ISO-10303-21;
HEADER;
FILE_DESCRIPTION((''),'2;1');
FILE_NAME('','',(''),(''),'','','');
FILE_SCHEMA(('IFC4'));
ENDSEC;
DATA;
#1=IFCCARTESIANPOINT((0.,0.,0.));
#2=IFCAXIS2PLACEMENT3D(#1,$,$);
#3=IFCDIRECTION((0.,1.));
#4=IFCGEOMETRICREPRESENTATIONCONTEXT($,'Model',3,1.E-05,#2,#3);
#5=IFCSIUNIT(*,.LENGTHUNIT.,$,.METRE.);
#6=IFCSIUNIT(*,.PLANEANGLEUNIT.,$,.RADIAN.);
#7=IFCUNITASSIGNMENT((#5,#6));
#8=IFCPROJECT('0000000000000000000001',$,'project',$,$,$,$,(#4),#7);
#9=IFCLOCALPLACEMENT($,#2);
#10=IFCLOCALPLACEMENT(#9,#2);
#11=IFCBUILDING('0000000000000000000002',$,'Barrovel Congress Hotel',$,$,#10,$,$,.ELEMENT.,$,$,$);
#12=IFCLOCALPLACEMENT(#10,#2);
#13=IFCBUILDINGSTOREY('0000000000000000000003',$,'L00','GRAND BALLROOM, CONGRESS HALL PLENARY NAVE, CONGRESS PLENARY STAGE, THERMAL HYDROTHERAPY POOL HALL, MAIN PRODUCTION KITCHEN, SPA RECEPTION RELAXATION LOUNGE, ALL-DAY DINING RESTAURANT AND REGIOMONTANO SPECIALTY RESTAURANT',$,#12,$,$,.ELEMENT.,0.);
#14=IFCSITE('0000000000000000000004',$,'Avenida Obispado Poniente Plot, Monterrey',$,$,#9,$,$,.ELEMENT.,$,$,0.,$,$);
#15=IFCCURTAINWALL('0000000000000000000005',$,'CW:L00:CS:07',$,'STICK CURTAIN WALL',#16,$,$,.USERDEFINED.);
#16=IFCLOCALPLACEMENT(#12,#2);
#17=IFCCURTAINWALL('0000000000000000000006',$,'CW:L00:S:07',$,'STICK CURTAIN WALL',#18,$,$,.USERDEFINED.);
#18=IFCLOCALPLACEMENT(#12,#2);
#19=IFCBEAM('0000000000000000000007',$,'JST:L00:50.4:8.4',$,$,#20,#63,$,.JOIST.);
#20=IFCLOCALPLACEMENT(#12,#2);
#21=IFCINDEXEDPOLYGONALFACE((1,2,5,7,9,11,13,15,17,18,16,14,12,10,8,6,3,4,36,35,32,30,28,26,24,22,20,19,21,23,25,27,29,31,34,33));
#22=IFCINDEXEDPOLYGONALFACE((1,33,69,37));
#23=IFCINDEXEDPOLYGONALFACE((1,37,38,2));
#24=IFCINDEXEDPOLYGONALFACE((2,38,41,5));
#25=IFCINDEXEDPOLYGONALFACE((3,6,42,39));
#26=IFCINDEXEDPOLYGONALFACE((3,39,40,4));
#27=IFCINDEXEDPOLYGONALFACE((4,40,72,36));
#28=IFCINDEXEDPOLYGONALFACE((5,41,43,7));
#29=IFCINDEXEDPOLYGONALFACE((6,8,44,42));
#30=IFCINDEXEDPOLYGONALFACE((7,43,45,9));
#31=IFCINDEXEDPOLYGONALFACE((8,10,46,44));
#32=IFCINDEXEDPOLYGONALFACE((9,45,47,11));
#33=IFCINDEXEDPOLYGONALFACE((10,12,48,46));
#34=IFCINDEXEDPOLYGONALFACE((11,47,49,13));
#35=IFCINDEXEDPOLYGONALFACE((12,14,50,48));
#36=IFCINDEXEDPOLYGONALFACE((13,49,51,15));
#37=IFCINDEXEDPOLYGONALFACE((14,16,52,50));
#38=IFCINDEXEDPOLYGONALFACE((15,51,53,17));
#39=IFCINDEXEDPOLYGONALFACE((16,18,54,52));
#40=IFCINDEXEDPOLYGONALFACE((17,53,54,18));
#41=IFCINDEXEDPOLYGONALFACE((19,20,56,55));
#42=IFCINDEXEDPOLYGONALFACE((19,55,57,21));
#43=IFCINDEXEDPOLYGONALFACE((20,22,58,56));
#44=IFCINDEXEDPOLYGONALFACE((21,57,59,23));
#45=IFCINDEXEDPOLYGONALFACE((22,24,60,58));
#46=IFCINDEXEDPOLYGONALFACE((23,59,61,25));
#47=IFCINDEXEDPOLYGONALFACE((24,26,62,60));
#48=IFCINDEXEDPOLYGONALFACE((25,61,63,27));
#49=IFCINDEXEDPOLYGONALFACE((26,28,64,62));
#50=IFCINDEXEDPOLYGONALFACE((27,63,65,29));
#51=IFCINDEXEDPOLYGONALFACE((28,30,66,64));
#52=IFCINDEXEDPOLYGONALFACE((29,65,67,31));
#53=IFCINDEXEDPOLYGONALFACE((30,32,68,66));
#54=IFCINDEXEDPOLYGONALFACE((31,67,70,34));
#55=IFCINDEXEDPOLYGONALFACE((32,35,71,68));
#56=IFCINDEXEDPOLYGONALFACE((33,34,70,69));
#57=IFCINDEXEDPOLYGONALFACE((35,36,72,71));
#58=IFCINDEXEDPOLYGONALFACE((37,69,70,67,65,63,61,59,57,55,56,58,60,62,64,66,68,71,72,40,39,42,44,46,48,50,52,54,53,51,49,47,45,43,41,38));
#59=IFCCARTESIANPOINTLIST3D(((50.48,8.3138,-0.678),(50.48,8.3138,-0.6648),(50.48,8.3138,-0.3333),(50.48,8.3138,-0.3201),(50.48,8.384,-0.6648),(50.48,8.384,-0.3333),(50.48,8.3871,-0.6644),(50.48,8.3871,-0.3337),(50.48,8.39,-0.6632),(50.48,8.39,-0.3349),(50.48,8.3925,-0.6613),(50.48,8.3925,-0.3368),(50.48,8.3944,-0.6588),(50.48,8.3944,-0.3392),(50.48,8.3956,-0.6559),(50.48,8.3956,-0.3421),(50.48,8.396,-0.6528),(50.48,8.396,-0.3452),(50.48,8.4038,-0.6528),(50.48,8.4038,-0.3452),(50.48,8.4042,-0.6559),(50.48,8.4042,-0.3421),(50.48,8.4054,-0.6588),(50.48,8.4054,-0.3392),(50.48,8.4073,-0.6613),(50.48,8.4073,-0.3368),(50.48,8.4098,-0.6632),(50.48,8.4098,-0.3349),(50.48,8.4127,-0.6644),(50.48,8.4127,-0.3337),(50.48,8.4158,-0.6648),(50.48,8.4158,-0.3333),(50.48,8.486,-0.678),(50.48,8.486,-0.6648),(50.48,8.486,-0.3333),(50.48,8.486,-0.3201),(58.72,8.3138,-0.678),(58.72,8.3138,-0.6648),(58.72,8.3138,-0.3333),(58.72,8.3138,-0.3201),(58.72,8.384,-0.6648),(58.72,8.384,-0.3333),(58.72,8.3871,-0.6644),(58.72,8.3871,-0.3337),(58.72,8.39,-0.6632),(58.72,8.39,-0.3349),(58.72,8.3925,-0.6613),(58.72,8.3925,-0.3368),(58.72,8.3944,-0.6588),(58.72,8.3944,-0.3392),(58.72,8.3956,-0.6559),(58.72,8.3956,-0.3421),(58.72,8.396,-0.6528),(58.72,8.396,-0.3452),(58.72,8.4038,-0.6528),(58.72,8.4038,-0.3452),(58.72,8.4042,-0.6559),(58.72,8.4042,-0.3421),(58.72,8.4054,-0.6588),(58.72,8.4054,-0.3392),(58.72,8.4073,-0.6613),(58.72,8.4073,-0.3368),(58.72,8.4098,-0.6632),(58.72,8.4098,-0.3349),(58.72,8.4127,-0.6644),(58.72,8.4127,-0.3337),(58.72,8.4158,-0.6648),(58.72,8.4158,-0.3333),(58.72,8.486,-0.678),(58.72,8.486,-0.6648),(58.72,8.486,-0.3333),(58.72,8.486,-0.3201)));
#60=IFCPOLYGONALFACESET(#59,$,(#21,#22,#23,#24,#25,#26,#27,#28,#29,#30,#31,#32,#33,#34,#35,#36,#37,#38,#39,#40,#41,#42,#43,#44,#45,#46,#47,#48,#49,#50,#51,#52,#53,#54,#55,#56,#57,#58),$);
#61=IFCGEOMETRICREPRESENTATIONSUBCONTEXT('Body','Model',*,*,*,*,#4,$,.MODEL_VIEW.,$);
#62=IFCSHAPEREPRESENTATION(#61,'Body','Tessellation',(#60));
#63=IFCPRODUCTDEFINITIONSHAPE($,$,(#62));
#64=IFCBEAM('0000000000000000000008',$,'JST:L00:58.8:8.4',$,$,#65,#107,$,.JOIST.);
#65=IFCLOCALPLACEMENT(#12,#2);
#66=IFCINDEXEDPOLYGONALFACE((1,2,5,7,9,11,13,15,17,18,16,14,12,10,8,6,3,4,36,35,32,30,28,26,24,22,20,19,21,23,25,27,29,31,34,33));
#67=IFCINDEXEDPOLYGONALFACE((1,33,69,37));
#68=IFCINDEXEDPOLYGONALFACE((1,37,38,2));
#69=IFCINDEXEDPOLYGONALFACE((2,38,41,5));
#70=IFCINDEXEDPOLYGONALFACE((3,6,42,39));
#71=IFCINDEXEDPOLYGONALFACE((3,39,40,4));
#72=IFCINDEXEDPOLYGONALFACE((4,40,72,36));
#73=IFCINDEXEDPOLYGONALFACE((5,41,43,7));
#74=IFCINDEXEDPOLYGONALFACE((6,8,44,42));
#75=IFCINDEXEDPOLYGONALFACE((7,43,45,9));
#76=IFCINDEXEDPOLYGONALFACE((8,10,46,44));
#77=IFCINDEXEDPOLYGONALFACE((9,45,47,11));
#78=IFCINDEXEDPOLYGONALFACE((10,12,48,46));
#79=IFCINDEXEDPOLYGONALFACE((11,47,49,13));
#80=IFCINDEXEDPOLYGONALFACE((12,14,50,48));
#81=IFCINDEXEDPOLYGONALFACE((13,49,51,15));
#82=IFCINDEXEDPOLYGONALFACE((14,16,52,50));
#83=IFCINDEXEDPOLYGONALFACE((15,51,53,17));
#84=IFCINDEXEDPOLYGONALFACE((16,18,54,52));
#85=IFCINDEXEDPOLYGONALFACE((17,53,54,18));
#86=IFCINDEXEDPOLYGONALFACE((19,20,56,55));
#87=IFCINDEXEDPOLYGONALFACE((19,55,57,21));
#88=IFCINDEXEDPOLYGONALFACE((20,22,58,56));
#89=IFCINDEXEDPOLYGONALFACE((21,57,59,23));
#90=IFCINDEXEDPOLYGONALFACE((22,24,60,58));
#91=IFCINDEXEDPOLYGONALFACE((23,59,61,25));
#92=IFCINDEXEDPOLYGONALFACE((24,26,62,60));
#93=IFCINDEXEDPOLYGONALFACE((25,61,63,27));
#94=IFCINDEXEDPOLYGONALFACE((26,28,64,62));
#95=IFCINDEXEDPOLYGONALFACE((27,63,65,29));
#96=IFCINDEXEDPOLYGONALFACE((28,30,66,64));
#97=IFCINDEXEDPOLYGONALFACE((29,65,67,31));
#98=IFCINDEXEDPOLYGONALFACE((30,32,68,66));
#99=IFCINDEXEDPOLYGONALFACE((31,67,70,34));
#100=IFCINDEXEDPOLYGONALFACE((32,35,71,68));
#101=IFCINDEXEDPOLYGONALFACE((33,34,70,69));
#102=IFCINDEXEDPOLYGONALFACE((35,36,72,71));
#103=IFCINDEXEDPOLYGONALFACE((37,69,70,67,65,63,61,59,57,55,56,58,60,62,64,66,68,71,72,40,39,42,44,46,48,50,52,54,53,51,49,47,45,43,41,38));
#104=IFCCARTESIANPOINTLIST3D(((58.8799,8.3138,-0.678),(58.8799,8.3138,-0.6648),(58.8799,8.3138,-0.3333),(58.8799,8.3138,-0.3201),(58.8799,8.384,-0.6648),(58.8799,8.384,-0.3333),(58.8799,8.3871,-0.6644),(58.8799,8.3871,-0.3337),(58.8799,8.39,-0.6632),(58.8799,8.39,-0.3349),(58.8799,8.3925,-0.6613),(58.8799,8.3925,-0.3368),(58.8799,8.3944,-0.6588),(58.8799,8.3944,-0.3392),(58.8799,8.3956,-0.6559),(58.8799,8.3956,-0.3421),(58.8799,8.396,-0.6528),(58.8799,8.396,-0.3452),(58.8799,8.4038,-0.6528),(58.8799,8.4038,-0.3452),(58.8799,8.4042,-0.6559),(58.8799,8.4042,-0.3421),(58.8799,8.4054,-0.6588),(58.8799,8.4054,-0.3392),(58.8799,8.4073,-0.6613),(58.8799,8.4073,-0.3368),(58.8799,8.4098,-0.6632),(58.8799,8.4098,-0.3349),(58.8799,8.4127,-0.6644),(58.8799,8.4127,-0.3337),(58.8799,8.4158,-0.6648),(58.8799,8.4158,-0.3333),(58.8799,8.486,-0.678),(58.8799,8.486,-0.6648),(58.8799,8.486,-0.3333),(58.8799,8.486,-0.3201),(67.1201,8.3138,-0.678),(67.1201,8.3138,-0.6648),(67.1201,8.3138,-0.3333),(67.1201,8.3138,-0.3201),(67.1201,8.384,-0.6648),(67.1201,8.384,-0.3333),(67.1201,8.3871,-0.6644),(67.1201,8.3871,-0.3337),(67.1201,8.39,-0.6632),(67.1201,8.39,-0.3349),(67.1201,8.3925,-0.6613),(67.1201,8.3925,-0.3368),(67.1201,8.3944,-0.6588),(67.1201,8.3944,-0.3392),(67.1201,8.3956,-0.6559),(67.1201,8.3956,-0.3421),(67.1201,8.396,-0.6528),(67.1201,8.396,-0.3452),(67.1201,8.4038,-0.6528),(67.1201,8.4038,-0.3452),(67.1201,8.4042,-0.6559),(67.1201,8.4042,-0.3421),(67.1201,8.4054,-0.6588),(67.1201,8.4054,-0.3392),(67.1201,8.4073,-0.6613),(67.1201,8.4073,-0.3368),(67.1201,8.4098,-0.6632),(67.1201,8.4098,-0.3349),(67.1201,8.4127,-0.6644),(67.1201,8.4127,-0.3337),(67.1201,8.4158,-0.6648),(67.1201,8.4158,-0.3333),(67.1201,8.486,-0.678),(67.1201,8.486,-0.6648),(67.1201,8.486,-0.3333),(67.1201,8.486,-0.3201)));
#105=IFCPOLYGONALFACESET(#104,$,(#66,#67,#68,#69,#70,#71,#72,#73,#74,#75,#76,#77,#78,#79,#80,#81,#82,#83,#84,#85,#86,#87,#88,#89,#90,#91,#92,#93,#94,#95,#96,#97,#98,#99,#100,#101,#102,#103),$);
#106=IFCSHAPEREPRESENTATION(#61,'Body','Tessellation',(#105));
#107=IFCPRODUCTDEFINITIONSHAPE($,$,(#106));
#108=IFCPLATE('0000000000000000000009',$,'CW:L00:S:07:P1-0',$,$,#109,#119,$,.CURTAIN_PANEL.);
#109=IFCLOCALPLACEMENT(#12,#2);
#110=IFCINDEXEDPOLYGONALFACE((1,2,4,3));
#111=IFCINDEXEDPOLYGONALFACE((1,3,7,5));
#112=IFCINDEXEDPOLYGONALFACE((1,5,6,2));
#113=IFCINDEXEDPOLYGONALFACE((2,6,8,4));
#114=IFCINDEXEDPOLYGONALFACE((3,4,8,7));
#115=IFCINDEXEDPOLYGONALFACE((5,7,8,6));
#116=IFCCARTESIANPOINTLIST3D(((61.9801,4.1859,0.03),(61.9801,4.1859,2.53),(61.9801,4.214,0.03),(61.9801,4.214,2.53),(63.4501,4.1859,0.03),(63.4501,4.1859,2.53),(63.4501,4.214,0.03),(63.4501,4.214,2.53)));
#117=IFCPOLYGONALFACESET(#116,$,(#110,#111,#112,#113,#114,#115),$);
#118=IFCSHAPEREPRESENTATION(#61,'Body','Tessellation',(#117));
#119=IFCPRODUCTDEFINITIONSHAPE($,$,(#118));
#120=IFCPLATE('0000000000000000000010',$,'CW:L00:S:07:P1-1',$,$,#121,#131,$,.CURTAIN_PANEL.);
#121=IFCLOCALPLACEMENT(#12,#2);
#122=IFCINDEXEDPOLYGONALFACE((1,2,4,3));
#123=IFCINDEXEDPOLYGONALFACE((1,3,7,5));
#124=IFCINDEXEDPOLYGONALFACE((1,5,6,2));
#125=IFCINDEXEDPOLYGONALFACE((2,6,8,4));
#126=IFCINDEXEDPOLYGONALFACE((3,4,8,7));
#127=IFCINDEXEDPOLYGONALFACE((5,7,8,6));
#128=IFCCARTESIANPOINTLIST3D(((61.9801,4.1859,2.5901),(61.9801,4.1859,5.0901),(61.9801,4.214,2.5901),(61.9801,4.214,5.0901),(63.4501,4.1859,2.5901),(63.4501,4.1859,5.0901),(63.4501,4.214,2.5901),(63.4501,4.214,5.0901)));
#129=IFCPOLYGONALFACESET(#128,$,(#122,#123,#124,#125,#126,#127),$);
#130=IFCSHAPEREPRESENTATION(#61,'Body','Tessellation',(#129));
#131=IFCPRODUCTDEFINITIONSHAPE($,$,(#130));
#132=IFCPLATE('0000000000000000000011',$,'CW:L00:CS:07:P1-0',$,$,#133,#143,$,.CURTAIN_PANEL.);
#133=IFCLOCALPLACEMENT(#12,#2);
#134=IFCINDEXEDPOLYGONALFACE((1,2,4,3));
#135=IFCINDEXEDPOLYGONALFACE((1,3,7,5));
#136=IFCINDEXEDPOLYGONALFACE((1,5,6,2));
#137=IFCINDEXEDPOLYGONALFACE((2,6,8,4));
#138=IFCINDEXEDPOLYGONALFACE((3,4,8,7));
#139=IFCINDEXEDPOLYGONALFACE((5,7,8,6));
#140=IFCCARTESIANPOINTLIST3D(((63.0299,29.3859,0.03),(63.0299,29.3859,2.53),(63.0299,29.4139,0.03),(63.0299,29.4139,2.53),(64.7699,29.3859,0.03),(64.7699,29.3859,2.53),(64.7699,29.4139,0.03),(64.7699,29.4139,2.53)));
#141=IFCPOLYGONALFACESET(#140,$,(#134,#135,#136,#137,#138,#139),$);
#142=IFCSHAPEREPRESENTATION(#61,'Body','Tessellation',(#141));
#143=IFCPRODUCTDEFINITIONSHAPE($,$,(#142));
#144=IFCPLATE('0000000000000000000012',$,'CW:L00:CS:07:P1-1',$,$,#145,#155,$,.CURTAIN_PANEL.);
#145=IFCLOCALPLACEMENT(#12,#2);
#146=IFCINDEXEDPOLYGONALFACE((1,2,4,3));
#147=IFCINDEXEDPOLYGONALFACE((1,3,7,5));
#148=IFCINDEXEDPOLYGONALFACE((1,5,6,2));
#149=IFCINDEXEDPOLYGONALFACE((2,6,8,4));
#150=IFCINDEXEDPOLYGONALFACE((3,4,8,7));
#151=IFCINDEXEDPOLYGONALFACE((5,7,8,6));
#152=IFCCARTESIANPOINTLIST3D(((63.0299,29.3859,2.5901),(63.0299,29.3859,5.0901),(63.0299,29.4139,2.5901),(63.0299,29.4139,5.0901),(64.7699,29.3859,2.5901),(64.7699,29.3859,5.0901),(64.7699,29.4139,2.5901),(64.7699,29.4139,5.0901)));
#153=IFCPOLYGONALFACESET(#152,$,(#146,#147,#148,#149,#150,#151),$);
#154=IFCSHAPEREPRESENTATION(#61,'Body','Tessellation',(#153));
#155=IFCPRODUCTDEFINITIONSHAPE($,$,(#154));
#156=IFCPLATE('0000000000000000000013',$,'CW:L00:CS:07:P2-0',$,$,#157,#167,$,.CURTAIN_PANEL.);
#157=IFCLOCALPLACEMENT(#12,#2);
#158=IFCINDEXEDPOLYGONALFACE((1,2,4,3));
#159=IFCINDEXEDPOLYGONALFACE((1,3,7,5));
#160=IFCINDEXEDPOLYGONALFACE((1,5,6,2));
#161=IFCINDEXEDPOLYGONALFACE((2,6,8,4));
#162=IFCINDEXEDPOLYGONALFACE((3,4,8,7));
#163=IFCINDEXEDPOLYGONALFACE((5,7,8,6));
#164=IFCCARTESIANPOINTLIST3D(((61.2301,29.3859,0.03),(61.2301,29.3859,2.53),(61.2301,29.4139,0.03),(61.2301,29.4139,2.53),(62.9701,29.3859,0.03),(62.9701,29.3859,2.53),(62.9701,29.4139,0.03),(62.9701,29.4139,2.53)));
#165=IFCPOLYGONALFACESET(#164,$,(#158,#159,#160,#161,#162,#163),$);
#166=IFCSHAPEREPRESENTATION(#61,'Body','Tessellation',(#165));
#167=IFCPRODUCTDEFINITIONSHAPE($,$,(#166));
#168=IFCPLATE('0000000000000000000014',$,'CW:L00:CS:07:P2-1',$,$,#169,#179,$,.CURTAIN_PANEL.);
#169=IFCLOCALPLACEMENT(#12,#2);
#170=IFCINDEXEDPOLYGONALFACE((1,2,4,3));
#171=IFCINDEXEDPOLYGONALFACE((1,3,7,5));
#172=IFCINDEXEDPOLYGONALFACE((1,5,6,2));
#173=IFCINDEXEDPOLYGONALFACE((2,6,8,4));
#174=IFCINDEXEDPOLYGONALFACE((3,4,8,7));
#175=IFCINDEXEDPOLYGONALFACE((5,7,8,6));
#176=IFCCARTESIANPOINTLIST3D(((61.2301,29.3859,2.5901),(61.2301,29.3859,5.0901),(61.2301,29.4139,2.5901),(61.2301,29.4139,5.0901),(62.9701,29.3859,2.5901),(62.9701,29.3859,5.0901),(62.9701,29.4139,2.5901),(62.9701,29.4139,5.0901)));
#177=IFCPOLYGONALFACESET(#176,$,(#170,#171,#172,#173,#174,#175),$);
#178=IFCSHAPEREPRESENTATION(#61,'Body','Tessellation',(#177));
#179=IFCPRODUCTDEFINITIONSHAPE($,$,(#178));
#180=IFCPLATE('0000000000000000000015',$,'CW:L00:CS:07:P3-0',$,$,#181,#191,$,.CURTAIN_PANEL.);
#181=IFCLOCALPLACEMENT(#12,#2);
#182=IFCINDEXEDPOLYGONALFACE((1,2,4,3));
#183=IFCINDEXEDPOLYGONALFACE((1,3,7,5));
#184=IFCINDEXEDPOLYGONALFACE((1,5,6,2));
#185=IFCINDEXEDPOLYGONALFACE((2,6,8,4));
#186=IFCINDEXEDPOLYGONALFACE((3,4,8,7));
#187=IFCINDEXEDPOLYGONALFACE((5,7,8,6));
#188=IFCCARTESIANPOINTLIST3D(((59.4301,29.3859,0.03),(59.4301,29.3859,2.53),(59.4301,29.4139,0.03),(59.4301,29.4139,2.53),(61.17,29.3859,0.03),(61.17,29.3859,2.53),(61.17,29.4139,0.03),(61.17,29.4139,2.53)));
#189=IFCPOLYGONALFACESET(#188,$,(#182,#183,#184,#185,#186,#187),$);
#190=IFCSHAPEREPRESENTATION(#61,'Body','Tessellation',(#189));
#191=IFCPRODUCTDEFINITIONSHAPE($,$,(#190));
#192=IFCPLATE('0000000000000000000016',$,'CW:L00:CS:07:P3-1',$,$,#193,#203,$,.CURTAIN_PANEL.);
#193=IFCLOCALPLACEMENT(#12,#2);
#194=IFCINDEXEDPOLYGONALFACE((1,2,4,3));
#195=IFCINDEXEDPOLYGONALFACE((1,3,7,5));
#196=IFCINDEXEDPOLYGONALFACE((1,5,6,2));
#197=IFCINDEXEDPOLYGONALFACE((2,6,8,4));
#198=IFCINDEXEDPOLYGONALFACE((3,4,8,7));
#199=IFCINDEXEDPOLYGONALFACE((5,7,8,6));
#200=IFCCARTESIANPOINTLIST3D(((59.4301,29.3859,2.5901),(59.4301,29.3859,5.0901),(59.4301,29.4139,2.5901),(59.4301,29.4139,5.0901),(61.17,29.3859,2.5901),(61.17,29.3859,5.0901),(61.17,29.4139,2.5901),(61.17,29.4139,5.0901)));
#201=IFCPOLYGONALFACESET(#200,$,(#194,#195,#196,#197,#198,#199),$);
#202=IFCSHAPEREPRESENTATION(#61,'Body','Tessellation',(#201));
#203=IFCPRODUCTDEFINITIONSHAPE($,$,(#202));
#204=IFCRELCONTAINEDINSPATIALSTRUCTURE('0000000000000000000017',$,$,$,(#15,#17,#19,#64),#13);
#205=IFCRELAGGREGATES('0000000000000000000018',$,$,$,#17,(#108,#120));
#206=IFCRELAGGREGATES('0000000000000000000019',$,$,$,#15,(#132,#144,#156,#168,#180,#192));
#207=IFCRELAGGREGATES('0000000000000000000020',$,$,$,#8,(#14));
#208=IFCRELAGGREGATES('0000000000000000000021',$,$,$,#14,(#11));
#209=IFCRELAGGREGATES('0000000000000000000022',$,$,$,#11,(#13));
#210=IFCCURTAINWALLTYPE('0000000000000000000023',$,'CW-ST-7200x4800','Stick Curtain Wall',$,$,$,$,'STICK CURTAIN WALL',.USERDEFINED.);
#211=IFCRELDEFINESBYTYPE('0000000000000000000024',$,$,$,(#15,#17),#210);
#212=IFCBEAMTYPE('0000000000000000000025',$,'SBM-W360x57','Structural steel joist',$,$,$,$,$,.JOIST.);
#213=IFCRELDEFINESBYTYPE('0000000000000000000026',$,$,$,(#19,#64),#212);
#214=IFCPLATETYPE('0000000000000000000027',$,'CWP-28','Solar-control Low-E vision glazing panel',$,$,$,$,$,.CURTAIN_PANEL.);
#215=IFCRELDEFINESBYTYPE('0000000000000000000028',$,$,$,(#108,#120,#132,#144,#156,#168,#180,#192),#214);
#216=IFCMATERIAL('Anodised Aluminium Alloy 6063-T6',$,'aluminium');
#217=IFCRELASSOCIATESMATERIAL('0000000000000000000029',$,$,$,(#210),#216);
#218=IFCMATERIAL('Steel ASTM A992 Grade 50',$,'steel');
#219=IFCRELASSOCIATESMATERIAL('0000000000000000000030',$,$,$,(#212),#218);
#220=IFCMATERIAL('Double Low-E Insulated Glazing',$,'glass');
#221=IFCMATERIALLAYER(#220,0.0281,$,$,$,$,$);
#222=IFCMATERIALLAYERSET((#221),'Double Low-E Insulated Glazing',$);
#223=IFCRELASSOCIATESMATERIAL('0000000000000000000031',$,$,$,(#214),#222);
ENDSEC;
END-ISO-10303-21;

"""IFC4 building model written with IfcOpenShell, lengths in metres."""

from ifc_helpers import new_model, si_unit, direction, frame, origin, origin_2d, place, context, subcontext, project, spatial, rectangle, i_section, extrude, material, layer, layer_set, material_profile, profile_set, type_object, element, aggregate, save


model = new_model("IFC4")

# Units and contexts
model_context = context("Model", 3, precision=1e-05, world=origin(), true_north=direction((0.0, 1.0)))
body_context = subcontext(model_context, "Body", "Model", "MODEL_VIEW")
ifc_project = project(units=[si_unit("LENGTHUNIT", "METRE"), si_unit("PLANEANGLEUNIT", "RADIAN")], contexts=[model_context])

# Site, building, storey
site_placement = place(None, origin())
site = spatial("IfcSite", under=ifc_project, at=site_placement, Name="Avenida Obispado Poniente Plot, Monterrey", CompositionType="ELEMENT", RefElevation=0.0)
building_placement = place(site_placement, origin())
building = spatial("IfcBuilding", under=site, at=building_placement, Name="Barrovel Congress Hotel", CompositionType="ELEMENT")
storey_placement = place(building_placement, origin())
storey = spatial("IfcBuildingStorey", under=building, at=storey_placement, Name="L00", Description="GRAND BALLROOM, CONGRESS HALL PLENARY NAVE, CONGRESS PLENARY STAGE, THERMAL HYDROTHERAPY POOL HALL, MAIN PRODUCTION KITCHEN, SPA RECEPTION RELAXATION LOUNGE, ALL-DAY DINING RESTAURANT AND REGIOMONTANO SPECIALTY RESTAURANT", CompositionType="ELEMENT", Elevation=0.0)

# Curtain wall
ifc_material_1 = material(Name="Anodised Aluminium Alloy 6063-T6", Category="aluminium")
curtain_wall_type = type_object("IfcCurtainWallType", Name="CW-ST-7200x4800", Description="Stick Curtain Wall", ElementType="STICK CURTAIN WALL", PredefinedType="USERDEFINED", material=ifc_material_1)
curtain_wall_1_placement = place(storey_placement, origin())
curtain_wall_1 = element("IfcCurtainWall", 1, at=curtain_wall_1_placement, inside=storey, type_object=curtain_wall_type, Name="CW:L00:CS:07", ObjectType="STICK CURTAIN WALL", PredefinedType="USERDEFINED")

# Curtain wall
curtain_wall_2_placement = place(storey_placement, origin())
curtain_wall_2 = element("IfcCurtainWall", 2, at=curtain_wall_2_placement, inside=storey, type_object=curtain_wall_type, Name="CW:L00:S:07", ObjectType="STICK CURTAIN WALL", PredefinedType="USERDEFINED")

# Beams
ifc_material_2 = material(Name="Steel ASTM A992 Grade 50", Category="steel")
ifc_material_profile_1 = material_profile(ifc_material_2, i_section(OverallWidth=0.1721, OverallDepth=0.3579, WebThickness=0.0078, FlangeThickness=0.0132, FilletRadius=0.012, at=origin_2d()), Name="W360x57")
ifc_profile_set_1 = profile_set([ifc_material_profile_1], Name="Steel ASTM A992 Grade 50")
beam_type_1 = type_object("IfcBeamType", Name="SBM-W360x57", Description="Structural steel joist", PredefinedType="JOIST", material=ifc_profile_set_1)
beam_1_placement = place(storey_placement, frame((50.48, 8.3999, -0.499), z_axis=(1.0, 0.0, 0.0), x_axis=(0.0, 1.0, 0.0)))
element("IfcBeam", 3, at=beam_1_placement, inside=storey, type_object=beam_type_1, Name="JST:L00:50.4:8.4", PredefinedType="JOIST", context=body_context, shape_type="SweptSolid", body=[
    extrude(i_section(OverallWidth=0.1721, OverallDepth=0.3579, WebThickness=0.0078, FlangeThickness=0.0132, FilletRadius=0.012, at=origin_2d()), origin(), (0.0, 0.0, 1.0), 8.24),
])
beam_2_placement = place(storey_placement, frame((58.8799, 8.3999, -0.499), z_axis=(1.0, 0.0, 0.0), x_axis=(0.0, 1.0, 0.0)))
element("IfcBeam", 4, at=beam_2_placement, inside=storey, type_object=beam_type_1, Name="JST:L00:58.8:8.4", PredefinedType="JOIST", context=body_context, shape_type="SweptSolid", body=[
    extrude(i_section(OverallWidth=0.1721, OverallDepth=0.3579, WebThickness=0.0078, FlangeThickness=0.0132, FilletRadius=0.012, at=origin_2d()), origin(), (0.0, 0.0, 1.0), 8.2402),
])

# Plates
ifc_material_3 = material(Name="Double Low-E Insulated Glazing", Category="glass")
ifc_layer_1 = layer(ifc_material_3, 0.0281)
ifc_layer_set_1 = layer_set([ifc_layer_1], Name="Double Low-E Insulated Glazing")
plate_type = type_object("IfcPlateType", Name="CWP-28", Description="Solar-control Low-E vision glazing panel", PredefinedType="CURTAIN_PANEL", material=ifc_layer_set_1)
plate_1_placement = place(storey_placement, frame((62.7151, 4.2, 0.03), z_axis=(0.0, 0.0, 1.0), x_axis=(1.0, 0.0, 0.0)))
plate_1 = element("IfcPlate", 5, at=plate_1_placement, type_object=plate_type, Name="CW:L00:S:07:P1-0", PredefinedType="CURTAIN_PANEL", context=body_context, shape_type="SweptSolid", body=[
    extrude(rectangle(XDim=1.47, YDim=0.0281, at=origin_2d()), origin(), (0.0, 0.0, 1.0), 2.5),
])
plate_2_placement = place(storey_placement, frame((62.7151, 4.2, 2.5901), z_axis=(0.0, 0.0, 1.0), x_axis=(1.0, 0.0, 0.0)))
plate_2 = element("IfcPlate", 6, at=plate_2_placement, type_object=plate_type, Name="CW:L00:S:07:P1-1", PredefinedType="CURTAIN_PANEL", context=body_context, shape_type="SweptSolid", body=[
    extrude(rectangle(XDim=1.47, YDim=0.0281, at=origin_2d()), origin(), (0.0, 0.0, 1.0), 2.5),
])
aggregate(curtain_wall_2, [plate_1, plate_2])
plate_3_placement = place(storey_placement, frame((63.8999, 29.3999, 0.03), z_axis=(0.0, 0.0, 1.0), x_axis=(-1.0, 0.0, 0.0)))
plate_3 = element("IfcPlate", 7, at=plate_3_placement, type_object=plate_type, Name="CW:L00:CS:07:P1-0", PredefinedType="CURTAIN_PANEL", context=body_context, shape_type="SweptSolid", body=[
    extrude(rectangle(XDim=1.74, YDim=0.0281, at=origin_2d()), origin(), (0.0, 0.0, 1.0), 2.5),
])
plate_4_placement = place(storey_placement, frame((63.8999, 29.3999, 2.5901), z_axis=(0.0, 0.0, 1.0), x_axis=(-1.0, 0.0, 0.0)))
plate_4 = element("IfcPlate", 8, at=plate_4_placement, type_object=plate_type, Name="CW:L00:CS:07:P1-1", PredefinedType="CURTAIN_PANEL", context=body_context, shape_type="SweptSolid", body=[
    extrude(rectangle(XDim=1.74, YDim=0.0281, at=origin_2d()), origin(), (0.0, 0.0, 1.0), 2.5),
])
plate_5_placement = place(storey_placement, frame((62.1001, 29.3999, 0.03), z_axis=(0.0, 0.0, 1.0), x_axis=(-1.0, 0.0, 0.0)))
plate_5 = element("IfcPlate", 9, at=plate_5_placement, type_object=plate_type, Name="CW:L00:CS:07:P2-0", PredefinedType="CURTAIN_PANEL", context=body_context, shape_type="SweptSolid", body=[
    extrude(rectangle(XDim=1.74, YDim=0.0281, at=origin_2d()), origin(), (0.0, 0.0, 1.0), 2.5),
])
plate_6_placement = place(storey_placement, frame((62.1001, 29.3999, 2.5901), z_axis=(0.0, 0.0, 1.0), x_axis=(-1.0, 0.0, 0.0)))
plate_6 = element("IfcPlate", 10, at=plate_6_placement, type_object=plate_type, Name="CW:L00:CS:07:P2-1", PredefinedType="CURTAIN_PANEL", context=body_context, shape_type="SweptSolid", body=[
    extrude(rectangle(XDim=1.74, YDim=0.0281, at=origin_2d()), origin(), (0.0, 0.0, 1.0), 2.5),
])
plate_7_placement = place(storey_placement, frame((60.3, 29.3999, 0.03), z_axis=(0.0, 0.0, 1.0), x_axis=(-1.0, 0.0, 0.0)))
plate_7 = element("IfcPlate", 11, at=plate_7_placement, type_object=plate_type, Name="CW:L00:CS:07:P3-0", PredefinedType="CURTAIN_PANEL", context=body_context, shape_type="SweptSolid", body=[
    extrude(rectangle(XDim=1.74, YDim=0.0281, at=origin_2d()), origin(), (0.0, 0.0, 1.0), 2.5),
])
plate_8_placement = place(storey_placement, frame((60.3, 29.3999, 2.5901), z_axis=(0.0, 0.0, 1.0), x_axis=(-1.0, 0.0, 0.0)))
plate_8 = element("IfcPlate", 12, at=plate_8_placement, type_object=plate_type, Name="CW:L00:CS:07:P3-1", PredefinedType="CURTAIN_PANEL", context=body_context, shape_type="SweptSolid", body=[
    extrude(rectangle(XDim=1.74, YDim=0.0281, at=origin_2d()), origin(), (0.0, 0.0, 1.0), 2.5),
])
aggregate(curtain_wall_1, [plate_3, plate_4, plate_5, plate_6, plate_7, plate_8])

save(model, "model.ifc")
